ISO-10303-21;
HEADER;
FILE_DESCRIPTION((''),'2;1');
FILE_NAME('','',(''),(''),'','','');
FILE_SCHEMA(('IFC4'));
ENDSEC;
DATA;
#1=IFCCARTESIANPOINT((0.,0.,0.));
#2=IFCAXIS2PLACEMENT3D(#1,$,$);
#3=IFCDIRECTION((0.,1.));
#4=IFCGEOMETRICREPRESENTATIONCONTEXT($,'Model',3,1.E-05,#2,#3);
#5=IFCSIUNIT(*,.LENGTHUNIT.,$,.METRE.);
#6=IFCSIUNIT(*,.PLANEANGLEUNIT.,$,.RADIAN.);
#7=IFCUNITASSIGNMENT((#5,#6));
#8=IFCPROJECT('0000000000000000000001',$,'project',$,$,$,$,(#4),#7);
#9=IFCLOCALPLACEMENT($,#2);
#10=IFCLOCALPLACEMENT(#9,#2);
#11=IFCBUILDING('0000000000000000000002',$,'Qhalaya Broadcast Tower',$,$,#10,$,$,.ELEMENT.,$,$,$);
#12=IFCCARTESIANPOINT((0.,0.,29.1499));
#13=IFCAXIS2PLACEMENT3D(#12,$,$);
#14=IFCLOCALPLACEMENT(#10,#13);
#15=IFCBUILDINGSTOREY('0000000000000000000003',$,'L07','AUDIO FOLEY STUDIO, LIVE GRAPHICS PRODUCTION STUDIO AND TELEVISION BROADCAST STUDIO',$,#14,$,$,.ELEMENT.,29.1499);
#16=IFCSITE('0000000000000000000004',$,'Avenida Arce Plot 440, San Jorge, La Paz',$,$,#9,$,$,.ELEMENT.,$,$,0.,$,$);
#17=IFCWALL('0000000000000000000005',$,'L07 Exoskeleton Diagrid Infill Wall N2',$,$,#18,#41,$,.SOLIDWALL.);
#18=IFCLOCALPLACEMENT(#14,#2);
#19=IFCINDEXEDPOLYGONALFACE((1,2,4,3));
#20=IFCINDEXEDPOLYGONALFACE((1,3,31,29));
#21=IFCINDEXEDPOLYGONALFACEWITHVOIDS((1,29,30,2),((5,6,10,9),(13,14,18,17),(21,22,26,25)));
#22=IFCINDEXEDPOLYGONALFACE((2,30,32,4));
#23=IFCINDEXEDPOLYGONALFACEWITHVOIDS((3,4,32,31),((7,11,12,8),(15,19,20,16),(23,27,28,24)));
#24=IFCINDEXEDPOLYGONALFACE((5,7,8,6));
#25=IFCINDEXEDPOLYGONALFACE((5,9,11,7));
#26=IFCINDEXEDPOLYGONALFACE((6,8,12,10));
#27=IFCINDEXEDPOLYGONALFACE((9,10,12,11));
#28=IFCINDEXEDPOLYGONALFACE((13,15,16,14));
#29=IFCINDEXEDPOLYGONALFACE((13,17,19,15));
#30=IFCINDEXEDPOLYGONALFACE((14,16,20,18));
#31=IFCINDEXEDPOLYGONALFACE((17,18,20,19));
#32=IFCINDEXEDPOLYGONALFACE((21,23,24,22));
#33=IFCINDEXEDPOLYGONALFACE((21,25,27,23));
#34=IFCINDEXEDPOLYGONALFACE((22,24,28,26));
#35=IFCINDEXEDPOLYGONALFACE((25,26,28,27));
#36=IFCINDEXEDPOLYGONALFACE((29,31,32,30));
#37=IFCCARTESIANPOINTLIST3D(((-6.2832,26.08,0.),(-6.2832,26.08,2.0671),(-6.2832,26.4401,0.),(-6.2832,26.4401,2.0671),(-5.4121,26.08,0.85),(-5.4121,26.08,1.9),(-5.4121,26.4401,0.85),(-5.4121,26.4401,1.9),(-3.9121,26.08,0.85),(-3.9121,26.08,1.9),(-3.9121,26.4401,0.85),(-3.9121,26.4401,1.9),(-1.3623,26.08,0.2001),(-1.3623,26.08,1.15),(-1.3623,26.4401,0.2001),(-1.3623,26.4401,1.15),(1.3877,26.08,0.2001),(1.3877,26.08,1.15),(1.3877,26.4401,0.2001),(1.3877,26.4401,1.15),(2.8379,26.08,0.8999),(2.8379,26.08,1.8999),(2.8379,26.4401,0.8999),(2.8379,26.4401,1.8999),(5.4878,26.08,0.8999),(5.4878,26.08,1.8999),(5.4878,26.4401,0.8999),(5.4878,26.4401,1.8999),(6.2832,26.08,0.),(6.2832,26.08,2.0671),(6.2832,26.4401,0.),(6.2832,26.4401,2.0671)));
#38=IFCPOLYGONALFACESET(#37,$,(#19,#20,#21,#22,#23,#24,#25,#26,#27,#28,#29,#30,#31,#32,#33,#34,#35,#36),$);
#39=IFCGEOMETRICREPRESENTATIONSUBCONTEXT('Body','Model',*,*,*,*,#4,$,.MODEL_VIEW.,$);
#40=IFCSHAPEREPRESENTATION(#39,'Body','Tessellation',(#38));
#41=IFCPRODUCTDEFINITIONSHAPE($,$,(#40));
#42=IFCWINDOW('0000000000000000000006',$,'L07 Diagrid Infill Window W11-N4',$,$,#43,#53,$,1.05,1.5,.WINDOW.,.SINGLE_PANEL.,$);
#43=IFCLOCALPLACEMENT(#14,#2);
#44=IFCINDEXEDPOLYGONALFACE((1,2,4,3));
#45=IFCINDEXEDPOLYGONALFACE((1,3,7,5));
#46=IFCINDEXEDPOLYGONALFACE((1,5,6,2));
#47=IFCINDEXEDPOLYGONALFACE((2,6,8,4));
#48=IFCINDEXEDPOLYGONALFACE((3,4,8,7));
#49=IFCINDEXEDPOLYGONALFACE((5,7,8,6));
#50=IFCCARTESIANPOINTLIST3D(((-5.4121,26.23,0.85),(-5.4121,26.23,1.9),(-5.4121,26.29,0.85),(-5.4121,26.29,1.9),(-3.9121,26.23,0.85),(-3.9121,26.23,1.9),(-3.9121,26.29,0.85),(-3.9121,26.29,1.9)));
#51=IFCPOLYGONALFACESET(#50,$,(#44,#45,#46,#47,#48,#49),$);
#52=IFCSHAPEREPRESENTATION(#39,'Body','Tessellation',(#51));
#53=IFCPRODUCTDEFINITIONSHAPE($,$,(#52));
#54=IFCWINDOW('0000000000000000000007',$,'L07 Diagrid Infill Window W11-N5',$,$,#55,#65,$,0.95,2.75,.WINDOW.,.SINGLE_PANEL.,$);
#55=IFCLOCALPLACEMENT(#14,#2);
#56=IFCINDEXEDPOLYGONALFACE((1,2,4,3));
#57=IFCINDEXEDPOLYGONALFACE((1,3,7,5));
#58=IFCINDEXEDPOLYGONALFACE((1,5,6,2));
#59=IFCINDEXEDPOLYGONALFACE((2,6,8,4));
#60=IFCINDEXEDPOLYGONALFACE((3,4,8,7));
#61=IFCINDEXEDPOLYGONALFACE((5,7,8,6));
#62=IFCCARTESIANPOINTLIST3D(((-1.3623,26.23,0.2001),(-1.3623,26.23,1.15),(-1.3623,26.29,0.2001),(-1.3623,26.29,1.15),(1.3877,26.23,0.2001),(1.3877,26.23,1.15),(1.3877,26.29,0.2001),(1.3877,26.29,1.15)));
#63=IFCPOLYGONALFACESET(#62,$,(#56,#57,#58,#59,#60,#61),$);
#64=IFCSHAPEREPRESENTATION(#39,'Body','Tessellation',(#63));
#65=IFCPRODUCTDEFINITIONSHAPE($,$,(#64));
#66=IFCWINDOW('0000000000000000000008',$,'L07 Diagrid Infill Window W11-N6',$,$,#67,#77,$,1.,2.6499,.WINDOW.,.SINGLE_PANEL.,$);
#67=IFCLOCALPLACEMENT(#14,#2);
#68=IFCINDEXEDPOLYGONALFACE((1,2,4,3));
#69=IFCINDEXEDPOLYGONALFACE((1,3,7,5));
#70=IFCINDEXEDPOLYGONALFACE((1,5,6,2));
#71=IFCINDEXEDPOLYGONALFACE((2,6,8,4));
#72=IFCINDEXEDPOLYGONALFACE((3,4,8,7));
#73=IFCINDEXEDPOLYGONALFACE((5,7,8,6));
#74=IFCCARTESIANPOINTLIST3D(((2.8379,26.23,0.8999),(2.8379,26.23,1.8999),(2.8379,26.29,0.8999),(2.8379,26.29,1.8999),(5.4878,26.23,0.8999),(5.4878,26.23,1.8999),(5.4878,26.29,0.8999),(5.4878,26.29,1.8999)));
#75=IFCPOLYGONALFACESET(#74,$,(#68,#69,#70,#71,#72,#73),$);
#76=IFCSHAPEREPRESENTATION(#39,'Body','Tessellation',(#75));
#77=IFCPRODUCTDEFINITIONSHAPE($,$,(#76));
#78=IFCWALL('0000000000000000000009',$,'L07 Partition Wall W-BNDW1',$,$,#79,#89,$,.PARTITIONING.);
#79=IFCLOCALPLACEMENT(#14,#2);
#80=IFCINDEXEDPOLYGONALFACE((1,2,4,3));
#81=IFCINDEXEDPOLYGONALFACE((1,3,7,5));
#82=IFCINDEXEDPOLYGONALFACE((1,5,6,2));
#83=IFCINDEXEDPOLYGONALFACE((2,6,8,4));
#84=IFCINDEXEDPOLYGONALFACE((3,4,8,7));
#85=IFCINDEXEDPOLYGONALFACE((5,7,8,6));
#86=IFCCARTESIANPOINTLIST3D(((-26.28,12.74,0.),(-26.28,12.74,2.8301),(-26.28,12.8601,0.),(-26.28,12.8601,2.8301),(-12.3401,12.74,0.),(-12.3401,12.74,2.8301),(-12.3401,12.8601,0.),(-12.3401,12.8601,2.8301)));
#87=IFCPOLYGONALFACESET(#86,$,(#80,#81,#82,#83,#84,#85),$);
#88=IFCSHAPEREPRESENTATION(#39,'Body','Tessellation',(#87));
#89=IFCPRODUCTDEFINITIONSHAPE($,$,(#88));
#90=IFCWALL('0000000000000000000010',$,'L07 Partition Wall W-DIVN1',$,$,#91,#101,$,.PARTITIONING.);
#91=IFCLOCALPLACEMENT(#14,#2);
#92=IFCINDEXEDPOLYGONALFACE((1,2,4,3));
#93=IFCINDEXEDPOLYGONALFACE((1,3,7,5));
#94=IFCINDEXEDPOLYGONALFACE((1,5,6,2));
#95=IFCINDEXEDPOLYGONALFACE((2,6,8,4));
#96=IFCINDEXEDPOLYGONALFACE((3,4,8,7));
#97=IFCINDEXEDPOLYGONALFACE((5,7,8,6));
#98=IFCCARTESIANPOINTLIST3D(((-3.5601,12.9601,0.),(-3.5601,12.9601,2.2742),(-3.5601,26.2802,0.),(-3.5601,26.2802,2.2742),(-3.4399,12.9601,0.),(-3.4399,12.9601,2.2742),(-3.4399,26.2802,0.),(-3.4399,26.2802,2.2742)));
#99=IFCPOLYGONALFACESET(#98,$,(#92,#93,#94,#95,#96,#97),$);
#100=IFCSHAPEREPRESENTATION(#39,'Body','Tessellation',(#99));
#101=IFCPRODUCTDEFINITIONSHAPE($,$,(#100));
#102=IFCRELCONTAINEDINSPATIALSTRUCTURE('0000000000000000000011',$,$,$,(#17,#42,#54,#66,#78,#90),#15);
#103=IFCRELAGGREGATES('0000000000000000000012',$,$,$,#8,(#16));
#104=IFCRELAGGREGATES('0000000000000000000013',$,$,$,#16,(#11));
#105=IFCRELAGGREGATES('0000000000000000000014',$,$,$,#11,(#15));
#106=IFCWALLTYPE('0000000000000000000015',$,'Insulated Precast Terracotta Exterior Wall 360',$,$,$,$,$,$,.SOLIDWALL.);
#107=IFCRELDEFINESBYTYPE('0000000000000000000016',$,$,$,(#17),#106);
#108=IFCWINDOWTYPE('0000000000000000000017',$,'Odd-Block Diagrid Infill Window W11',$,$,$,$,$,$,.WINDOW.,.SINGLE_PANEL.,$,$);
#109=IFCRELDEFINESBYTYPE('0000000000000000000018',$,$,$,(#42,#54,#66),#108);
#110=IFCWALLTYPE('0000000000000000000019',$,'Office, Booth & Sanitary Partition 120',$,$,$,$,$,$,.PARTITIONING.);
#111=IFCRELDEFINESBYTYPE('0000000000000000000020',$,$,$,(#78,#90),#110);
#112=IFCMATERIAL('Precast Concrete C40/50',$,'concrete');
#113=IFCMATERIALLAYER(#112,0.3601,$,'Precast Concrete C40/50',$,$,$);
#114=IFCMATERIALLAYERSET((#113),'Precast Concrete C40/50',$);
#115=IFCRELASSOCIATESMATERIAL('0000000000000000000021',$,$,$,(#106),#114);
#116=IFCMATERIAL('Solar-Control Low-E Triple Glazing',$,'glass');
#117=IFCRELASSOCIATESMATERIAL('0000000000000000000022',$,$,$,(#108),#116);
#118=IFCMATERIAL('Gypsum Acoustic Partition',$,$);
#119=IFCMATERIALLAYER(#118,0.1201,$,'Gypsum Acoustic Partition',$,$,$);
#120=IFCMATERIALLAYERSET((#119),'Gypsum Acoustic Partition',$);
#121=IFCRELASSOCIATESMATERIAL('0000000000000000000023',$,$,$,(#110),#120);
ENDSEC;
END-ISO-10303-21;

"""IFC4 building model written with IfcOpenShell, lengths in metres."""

from ifc_helpers import new_model, si_unit, direction, frame, frame_2d, origin, place, context, subcontext, project, spatial, rectangle, extrude, material, layer, layer_set, type_object, element, fill, save


model = new_model("IFC4")

# Units and contexts
model_context = context("Model", 3, precision=1e-05, world=origin(), true_north=direction((0.0, 1.0)))
body_context = subcontext(model_context, "Body", "Model", "MODEL_VIEW")
ifc_project = project(units=[si_unit("LENGTHUNIT", "METRE"), si_unit("PLANEANGLEUNIT", "RADIAN")], contexts=[model_context])

# Site, building, storey
site_placement = place(None, origin())
site = spatial("IfcSite", under=ifc_project, at=site_placement, Name="Avenida Arce Plot 440, San Jorge, La Paz", CompositionType="ELEMENT", RefElevation=0.0)
building_placement = place(site_placement, origin())
building = spatial("IfcBuilding", under=site, at=building_placement, Name="Qhalaya Broadcast Tower", CompositionType="ELEMENT")
storey_placement = place(building_placement, frame((0.0, 0.0, 29.1499)))
storey = spatial("IfcBuildingStorey", under=building, at=storey_placement, Name="L07", Description="AUDIO FOLEY STUDIO, LIVE GRAPHICS PRODUCTION STUDIO AND TELEVISION BROADCAST STUDIO", CompositionType="ELEMENT", Elevation=29.1499)

# Shared definitions
ifc_material_1 = material(Name="Gypsum Acoustic Partition")

# Wall, openings, windows
ifc_material_2 = material(Name="Precast Concrete C40/50", Category="concrete")
ifc_layer_1 = layer(ifc_material_2, 0.3601, Name="Precast Concrete C40/50")
ifc_layer_set_1 = layer_set([ifc_layer_1], Name="Precast Concrete C40/50")
wall_type_1 = type_object("IfcWallType", Name="Insulated Precast Terracotta Exterior Wall 360", PredefinedType="SOLIDWALL", material=ifc_layer_set_1)
ifc_material_3 = material(Name="Solar-Control Low-E Triple Glazing", Category="glass")
window_type = type_object("IfcWindowType", Name="Odd-Block Diagrid Infill Window W11", PartitioningType="SINGLE_PANEL", PredefinedType="WINDOW", material=ifc_material_3)
wall_1_placement = place(storey_placement, frame((-6.2832, 26.26, 0.0), z_axis=(0.0, 0.0, 1.0), x_axis=(1.0, 0.0, 0.0)))
wall_1 = element("IfcWall", 1, at=wall_1_placement, inside=storey, type_object=wall_type_1, Name="L07 Exoskeleton Diagrid Infill Wall N2", PredefinedType="SOLIDWALL", context=body_context, shape_type="SweptSolid", body=[
    extrude(rectangle(XDim=12.5664, YDim=0.3601, at=frame_2d((6.2832, 0.0))), origin(), (0.0, 0.0, 1.0), 2.0671),
])
opening_1_placement = place(wall_1_placement, frame((0.8711, 0.0, 0.8501)))
opening_1 = element("IfcOpeningElement", 2, at=opening_1_placement, cuts=wall_1, PredefinedType="OPENING", context=body_context, shape_type="SweptSolid", body=[
    extrude(rectangle(XDim=1.5, YDim=1.05, at=frame_2d((0.75, 0.5249))), frame((0.0, 0.1921, 0.0), z_axis=(0.0, -1.0, 0.0), x_axis=(1.0, 0.0, 0.0)), (0.0, 0.0, 1.0), 0.384),
])
opening_2_placement = place(wall_1_placement, frame((4.9209, 0.0, 0.2)))
opening_2 = element("IfcOpeningElement", 3, at=opening_2_placement, cuts=wall_1, PredefinedType="OPENING", context=body_context, shape_type="SweptSolid", body=[
    extrude(rectangle(XDim=2.75, YDim=0.95, at=frame_2d((1.375, 0.4751))), frame((0.0, 0.1921, 0.0), z_axis=(0.0, -1.0, 0.0), x_axis=(1.0, 0.0, 0.0)), (0.0, 0.0, 1.0), 0.384),
])
opening_3_placement = place(wall_1_placement, frame((9.1211, 0.0, 0.8999)))
opening_3 = element("IfcOpeningElement", 4, at=opening_3_placement, cuts=wall_1, PredefinedType="OPENING", context=body_context, shape_type="SweptSolid", body=[
    extrude(rectangle(XDim=2.6499, YDim=1.0, at=frame_2d((1.325, 0.5))), frame((0.0, 0.1921, 0.0), z_axis=(0.0, -1.0, 0.0), x_axis=(1.0, 0.0, 0.0)), (0.0, 0.0, 1.0), 0.384),
])
window_1_placement = place(opening_1_placement, origin())
window_1 = element("IfcWindow", 5, at=window_1_placement, inside=storey, type_object=window_type, Name="L07 Diagrid Infill Window W11-N4", OverallHeight=1.05, OverallWidth=1.5, PartitioningType="SINGLE_PANEL", PredefinedType="WINDOW", context=body_context, shape_type="SweptSolid", body=[
    extrude(rectangle(XDim=1.5, YDim=1.05, at=frame_2d((0.75, 0.5249))), frame((0.0, 0.03, 0.0), z_axis=(0.0, -1.0, 0.0), x_axis=(1.0, 0.0, 0.0)), (0.0, 0.0, 1.0), 0.0601),
])
fill(opening_1, window_1)
window_2_placement = place(opening_2_placement, origin())
window_2 = element("IfcWindow", 6, at=window_2_placement, inside=storey, type_object=window_type, Name="L07 Diagrid Infill Window W11-N5", OverallHeight=0.95, OverallWidth=2.75, PartitioningType="SINGLE_PANEL", PredefinedType="WINDOW", context=body_context, shape_type="SweptSolid", body=[
    extrude(rectangle(XDim=2.75, YDim=0.95, at=frame_2d((1.375, 0.4751))), frame((0.0, 0.03, 0.0), z_axis=(0.0, -1.0, 0.0), x_axis=(1.0, 0.0, 0.0)), (0.0, 0.0, 1.0), 0.0601),
])
fill(opening_2, window_2)
window_3_placement = place(opening_3_placement, origin())
window_3 = element("IfcWindow", 7, at=window_3_placement, inside=storey, type_object=window_type, Name="L07 Diagrid Infill Window W11-N6", OverallHeight=1.0, OverallWidth=2.6499, PartitioningType="SINGLE_PANEL", PredefinedType="WINDOW", context=body_context, shape_type="SweptSolid", body=[
    extrude(rectangle(XDim=2.6499, YDim=1.0, at=frame_2d((1.325, 0.5))), frame((0.0, 0.03, 0.0), z_axis=(0.0, -1.0, 0.0), x_axis=(1.0, 0.0, 0.0)), (0.0, 0.0, 1.0), 0.0601),
])
fill(opening_3, window_3)

# Walls
ifc_layer_2 = layer(ifc_material_1, 0.1201, Name="Gypsum Acoustic Partition")
ifc_layer_set_2 = layer_set([ifc_layer_2], Name="Gypsum Acoustic Partition")
wall_type_2 = type_object("IfcWallType", Name="Office, Booth & Sanitary Partition 120", PredefinedType="PARTITIONING", material=ifc_layer_set_2)
wall_2_placement = place(storey_placement, frame((-26.28, 12.8, 0.0), z_axis=(0.0, 0.0, 1.0), x_axis=(1.0, 0.0, 0.0)))
element("IfcWall", 8, at=wall_2_placement, inside=storey, type_object=wall_type_2, Name="L07 Partition Wall W-BNDW1", PredefinedType="PARTITIONING", context=body_context, shape_type="SweptSolid", body=[
    extrude(rectangle(XDim=13.9399, YDim=0.1201, at=frame_2d((6.97, 0.0))), origin(), (0.0, 0.0, 1.0), 2.8301),
])
wall_3_placement = place(storey_placement, frame((-3.5, 12.96, 0.0), z_axis=(0.0, 0.0, 1.0), x_axis=(0.0, 1.0, 0.0)))
element("IfcWall", 9, at=wall_3_placement, inside=storey, type_object=wall_type_2, Name="L07 Partition Wall W-DIVN1", PredefinedType="PARTITIONING", context=body_context, shape_type="SweptSolid", body=[
    extrude(rectangle(XDim=13.3201, YDim=0.1201, at=frame_2d((6.6602, 0.0))), origin(), (0.0, 0.0, 1.0), 2.2742),
])

save(model, "model.ifc")
